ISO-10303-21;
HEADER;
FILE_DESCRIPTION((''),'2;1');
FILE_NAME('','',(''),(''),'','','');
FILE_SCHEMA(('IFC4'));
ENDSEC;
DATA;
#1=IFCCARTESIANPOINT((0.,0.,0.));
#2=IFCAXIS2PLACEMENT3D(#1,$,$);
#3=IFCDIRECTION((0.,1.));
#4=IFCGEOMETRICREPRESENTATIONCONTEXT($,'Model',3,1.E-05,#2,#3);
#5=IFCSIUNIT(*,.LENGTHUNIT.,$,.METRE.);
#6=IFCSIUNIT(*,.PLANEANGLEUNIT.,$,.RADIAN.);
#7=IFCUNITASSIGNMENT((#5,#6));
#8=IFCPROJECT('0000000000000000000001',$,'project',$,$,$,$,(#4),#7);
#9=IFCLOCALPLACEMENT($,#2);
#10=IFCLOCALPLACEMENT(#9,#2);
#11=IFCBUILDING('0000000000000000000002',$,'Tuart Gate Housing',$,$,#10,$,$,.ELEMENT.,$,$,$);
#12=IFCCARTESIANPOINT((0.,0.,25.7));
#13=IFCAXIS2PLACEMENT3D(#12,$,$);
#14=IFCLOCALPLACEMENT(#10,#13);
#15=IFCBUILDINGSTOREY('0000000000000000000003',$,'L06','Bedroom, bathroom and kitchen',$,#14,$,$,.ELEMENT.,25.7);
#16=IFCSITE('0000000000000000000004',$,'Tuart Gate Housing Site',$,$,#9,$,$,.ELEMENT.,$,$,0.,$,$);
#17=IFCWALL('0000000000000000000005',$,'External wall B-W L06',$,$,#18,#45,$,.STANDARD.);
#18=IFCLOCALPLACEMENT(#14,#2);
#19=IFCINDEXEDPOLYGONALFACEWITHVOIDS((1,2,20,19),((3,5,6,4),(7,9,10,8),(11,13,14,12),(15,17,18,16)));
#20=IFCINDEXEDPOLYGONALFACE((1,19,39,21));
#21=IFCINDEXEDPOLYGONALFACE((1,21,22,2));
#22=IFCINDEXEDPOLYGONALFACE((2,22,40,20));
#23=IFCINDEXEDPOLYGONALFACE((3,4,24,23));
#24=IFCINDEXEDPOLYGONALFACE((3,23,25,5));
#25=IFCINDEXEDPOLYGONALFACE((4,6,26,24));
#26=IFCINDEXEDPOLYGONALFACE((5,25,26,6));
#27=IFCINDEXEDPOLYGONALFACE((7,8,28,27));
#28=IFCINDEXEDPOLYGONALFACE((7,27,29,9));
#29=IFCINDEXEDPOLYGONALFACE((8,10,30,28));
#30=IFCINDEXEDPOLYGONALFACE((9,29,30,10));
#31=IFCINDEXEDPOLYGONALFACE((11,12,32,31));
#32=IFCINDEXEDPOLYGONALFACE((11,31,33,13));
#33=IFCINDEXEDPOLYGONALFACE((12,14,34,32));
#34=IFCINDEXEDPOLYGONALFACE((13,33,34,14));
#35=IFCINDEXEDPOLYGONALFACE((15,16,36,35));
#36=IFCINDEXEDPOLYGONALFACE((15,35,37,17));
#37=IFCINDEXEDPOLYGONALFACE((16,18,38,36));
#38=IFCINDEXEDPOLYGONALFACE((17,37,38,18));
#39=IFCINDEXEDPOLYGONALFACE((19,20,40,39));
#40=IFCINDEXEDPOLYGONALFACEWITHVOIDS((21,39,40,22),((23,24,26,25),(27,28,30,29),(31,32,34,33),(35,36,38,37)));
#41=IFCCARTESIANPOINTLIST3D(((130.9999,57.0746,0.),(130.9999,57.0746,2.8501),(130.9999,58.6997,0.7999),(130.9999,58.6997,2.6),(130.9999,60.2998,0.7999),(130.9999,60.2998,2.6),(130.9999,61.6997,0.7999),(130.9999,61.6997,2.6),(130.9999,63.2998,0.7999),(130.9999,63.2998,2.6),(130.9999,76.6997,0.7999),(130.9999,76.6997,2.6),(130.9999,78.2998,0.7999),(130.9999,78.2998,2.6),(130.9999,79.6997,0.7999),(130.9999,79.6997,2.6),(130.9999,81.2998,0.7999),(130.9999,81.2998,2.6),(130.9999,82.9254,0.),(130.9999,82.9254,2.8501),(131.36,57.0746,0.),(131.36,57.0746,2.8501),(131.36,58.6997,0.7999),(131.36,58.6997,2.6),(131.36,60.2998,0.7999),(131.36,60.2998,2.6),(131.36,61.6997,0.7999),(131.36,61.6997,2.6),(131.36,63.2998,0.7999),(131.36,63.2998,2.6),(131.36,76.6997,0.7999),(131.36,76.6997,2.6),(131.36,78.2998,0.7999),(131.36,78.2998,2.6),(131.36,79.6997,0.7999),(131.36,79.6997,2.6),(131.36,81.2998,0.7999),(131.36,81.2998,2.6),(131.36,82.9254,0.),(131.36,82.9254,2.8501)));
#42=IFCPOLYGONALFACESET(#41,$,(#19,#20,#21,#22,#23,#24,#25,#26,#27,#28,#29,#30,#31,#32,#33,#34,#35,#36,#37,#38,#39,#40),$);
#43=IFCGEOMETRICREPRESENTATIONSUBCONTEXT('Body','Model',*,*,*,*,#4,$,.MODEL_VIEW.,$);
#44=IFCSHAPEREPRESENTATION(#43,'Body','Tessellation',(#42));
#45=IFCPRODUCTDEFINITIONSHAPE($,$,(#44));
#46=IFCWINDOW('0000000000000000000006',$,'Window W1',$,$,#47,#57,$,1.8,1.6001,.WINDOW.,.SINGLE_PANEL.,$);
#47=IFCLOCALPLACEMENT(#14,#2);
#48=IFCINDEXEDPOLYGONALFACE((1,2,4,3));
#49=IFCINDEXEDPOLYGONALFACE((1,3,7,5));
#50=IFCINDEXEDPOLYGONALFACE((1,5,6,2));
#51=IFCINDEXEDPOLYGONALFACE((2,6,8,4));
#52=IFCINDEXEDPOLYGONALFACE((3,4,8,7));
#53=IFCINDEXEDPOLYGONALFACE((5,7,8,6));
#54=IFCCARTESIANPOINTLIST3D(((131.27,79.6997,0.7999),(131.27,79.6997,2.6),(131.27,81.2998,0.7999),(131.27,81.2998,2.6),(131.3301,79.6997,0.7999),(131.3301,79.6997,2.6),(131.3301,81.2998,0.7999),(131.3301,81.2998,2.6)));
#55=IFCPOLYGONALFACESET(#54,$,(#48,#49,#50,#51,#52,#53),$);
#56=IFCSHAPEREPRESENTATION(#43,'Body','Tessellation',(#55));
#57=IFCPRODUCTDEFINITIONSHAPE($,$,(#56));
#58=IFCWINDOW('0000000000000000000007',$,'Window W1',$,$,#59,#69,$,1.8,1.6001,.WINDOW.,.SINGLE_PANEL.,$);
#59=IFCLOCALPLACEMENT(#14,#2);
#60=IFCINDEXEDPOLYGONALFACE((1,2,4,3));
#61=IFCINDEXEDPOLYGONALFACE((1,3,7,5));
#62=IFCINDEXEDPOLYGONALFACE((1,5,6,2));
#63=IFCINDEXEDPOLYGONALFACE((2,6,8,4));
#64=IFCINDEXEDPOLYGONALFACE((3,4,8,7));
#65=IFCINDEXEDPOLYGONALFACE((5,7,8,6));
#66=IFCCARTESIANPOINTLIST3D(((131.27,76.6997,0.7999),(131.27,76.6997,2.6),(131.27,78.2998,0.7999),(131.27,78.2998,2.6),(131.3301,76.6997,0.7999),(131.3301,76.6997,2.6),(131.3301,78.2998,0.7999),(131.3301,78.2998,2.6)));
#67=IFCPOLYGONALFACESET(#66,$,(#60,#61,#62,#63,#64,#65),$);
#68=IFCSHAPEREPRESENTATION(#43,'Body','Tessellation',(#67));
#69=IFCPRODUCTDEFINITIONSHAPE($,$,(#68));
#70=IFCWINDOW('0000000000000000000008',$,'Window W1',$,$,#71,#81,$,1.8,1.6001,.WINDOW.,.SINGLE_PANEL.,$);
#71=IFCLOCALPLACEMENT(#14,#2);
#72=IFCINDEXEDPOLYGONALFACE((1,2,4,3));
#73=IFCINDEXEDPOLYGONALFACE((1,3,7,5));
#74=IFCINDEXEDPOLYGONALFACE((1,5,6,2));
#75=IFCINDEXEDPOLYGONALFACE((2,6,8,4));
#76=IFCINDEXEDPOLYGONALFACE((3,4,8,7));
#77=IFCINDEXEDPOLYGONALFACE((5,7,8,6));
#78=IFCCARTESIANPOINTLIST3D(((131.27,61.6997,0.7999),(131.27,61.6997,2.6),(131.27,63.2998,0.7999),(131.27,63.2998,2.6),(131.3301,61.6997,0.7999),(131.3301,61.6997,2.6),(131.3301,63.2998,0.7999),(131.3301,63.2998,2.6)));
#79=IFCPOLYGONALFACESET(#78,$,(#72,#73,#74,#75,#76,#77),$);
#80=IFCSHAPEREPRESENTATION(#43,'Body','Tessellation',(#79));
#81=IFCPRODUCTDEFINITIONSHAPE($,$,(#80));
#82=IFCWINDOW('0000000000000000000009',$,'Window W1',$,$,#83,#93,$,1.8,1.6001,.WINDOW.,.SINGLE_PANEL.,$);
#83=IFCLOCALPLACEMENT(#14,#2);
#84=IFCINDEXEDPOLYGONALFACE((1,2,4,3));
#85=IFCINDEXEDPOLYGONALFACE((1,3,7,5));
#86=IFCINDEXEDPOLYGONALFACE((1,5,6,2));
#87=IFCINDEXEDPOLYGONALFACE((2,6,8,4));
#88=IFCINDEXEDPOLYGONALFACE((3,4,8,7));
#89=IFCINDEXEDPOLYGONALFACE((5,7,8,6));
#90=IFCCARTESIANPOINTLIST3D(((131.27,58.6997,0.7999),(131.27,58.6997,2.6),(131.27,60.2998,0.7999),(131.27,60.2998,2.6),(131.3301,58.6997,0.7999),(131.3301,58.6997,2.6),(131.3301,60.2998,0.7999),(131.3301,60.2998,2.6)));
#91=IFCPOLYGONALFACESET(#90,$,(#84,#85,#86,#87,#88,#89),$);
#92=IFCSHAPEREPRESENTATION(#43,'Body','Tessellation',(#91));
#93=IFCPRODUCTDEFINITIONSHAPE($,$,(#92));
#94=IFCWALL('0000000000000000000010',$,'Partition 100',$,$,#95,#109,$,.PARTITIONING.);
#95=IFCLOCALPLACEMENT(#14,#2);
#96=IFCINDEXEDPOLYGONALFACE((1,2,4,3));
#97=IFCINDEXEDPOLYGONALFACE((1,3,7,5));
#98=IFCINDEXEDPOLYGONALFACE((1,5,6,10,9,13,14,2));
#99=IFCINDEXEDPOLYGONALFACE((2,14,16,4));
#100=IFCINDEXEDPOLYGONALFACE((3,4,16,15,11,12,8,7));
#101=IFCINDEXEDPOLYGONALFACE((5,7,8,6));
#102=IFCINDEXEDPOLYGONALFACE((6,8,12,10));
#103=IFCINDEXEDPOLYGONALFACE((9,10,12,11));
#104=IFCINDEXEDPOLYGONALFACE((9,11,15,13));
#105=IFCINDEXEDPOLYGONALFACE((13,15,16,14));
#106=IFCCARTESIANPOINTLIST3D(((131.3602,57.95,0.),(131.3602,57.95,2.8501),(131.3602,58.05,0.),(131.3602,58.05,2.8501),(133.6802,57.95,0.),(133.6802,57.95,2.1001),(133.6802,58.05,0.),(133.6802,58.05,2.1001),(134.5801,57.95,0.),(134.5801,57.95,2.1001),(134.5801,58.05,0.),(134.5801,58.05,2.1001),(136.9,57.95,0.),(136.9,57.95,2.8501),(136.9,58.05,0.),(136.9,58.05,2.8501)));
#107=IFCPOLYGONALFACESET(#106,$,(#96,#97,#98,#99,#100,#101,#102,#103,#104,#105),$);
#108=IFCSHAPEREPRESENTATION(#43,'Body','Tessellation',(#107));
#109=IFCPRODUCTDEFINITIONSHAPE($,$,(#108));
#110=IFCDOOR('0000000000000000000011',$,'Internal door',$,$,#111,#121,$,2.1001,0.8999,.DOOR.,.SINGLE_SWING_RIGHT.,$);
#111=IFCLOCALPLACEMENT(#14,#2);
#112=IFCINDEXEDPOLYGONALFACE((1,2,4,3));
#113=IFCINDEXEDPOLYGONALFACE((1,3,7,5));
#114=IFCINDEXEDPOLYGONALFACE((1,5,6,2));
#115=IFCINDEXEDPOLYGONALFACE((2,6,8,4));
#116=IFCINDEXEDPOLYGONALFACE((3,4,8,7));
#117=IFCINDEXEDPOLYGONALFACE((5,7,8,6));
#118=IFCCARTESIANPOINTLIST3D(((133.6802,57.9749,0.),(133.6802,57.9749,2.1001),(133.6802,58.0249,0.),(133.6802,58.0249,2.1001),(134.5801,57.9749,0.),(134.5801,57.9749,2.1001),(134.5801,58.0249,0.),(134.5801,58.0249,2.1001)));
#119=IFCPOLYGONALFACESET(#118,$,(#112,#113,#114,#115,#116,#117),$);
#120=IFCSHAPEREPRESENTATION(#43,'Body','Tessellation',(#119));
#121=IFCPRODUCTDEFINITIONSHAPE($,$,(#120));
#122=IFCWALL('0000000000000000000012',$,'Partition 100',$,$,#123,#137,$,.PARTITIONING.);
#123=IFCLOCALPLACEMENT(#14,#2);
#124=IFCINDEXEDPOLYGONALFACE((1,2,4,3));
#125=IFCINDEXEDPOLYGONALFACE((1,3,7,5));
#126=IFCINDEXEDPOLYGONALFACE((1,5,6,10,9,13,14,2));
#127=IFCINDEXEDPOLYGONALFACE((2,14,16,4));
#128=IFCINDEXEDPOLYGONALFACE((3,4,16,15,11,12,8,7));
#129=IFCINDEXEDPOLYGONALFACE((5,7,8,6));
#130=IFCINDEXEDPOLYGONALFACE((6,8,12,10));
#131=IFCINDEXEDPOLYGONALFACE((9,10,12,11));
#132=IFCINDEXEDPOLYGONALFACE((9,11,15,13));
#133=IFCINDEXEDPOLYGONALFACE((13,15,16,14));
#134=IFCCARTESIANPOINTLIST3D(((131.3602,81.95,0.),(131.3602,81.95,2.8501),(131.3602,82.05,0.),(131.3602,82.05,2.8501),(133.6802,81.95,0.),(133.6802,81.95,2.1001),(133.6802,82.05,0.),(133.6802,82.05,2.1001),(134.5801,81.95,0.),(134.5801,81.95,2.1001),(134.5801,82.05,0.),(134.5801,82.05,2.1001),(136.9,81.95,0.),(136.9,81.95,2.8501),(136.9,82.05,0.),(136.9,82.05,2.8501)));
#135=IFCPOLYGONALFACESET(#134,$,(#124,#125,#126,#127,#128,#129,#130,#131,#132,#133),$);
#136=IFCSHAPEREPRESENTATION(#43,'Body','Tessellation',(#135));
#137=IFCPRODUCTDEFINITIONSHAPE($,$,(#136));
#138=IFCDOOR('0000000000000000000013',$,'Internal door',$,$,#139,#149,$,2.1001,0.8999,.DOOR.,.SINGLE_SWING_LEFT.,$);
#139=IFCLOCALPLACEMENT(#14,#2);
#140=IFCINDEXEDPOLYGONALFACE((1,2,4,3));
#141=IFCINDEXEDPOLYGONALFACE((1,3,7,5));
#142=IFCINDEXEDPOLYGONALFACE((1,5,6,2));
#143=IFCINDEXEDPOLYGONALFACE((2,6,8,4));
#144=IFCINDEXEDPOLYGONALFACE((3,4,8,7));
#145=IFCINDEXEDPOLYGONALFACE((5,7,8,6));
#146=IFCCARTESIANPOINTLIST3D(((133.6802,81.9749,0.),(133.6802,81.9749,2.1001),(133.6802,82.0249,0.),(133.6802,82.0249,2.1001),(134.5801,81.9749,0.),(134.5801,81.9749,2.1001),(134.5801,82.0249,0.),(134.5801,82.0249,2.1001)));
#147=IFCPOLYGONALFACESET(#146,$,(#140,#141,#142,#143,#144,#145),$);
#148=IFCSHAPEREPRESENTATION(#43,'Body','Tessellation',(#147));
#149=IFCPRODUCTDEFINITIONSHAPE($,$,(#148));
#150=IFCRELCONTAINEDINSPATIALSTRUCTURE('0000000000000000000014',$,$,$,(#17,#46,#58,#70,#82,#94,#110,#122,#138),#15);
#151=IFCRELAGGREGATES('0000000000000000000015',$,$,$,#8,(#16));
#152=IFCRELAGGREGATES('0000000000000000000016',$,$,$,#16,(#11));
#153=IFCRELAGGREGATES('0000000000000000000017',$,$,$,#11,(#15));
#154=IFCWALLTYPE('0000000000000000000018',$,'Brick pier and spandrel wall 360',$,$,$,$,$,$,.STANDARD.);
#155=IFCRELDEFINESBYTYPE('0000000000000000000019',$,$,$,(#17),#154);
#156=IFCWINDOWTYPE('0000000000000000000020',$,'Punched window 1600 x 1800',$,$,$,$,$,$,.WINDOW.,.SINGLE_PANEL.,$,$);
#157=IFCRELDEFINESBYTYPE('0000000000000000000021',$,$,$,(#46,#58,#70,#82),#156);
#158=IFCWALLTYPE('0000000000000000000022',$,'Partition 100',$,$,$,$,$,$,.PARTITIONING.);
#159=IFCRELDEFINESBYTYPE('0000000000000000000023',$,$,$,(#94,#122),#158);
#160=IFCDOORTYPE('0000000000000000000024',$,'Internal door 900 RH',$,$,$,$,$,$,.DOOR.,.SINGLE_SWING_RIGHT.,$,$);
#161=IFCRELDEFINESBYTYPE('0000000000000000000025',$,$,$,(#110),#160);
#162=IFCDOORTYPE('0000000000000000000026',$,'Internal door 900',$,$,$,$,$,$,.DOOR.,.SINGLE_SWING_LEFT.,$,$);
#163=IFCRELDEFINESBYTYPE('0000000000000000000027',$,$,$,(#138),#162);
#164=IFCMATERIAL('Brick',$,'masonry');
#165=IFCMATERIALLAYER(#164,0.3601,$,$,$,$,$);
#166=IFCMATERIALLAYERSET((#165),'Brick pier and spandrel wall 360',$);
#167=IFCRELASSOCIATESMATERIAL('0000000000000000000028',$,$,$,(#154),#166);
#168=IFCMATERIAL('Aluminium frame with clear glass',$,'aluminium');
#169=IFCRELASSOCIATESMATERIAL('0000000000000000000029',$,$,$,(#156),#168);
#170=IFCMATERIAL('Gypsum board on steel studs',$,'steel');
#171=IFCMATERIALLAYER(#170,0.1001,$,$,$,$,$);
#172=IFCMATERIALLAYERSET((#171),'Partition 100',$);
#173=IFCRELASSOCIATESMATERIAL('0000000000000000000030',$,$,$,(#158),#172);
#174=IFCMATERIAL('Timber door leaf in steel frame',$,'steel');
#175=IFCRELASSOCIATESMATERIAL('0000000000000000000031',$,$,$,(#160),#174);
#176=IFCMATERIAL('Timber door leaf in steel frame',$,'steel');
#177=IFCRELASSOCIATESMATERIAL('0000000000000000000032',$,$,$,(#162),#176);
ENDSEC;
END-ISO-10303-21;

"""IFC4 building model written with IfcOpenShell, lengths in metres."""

from ifc_helpers import new_model, si_unit, direction, frame, frame_2d, origin, place, context, subcontext, project, spatial, rectangle, extrude, material, layer, layer_set, type_object, element, fill, save


model = new_model("IFC4")

# Units and contexts
model_context = context("Model", 3, precision=1e-05, world=origin(), true_north=direction((0.0, 1.0)))
body_context = subcontext(model_context, "Body", "Model", "MODEL_VIEW")
ifc_project = project(units=[si_unit("LENGTHUNIT", "METRE"), si_unit("PLANEANGLEUNIT", "RADIAN")], contexts=[model_context])

# Site, building, storey
site_placement = place(None, origin())
site = spatial("IfcSite", under=ifc_project, at=site_placement, Name="Tuart Gate Housing Site", CompositionType="ELEMENT", RefElevation=0.0)
building_placement = place(site_placement, origin())
building = spatial("IfcBuilding", under=site, at=building_placement, Name="Tuart Gate Housing", CompositionType="ELEMENT")
storey_placement = place(building_placement, frame((0.0, 0.0, 25.7)))
storey = spatial("IfcBuildingStorey", under=building, at=storey_placement, Name="L06", Description="Bedroom, bathroom and kitchen", CompositionType="ELEMENT", Elevation=25.7)

# Shared definitions
ifc_material_1 = material(Name="Brick", Category="masonry")
ifc_layer_1 = layer(ifc_material_1, 0.3601)
ifc_layer_set_1 = layer_set([ifc_layer_1], Name="Brick pier and spandrel wall 360")
wall_type_1 = type_object("IfcWallType", Name="Brick pier and spandrel wall 360", PredefinedType="STANDARD", material=ifc_layer_set_1)
ifc_material_2 = material(Name="Aluminium frame with clear glass", Category="aluminium")
window_type = type_object("IfcWindowType", Name="Punched window 1600 x 1800", PartitioningType="SINGLE_PANEL", PredefinedType="WINDOW", material=ifc_material_2)

# Wall, openings, windows
wall_1_placement = place(storey_placement, frame((131.1799, 82.9253, 0.0), z_axis=(0.0, 0.0, 1.0), x_axis=(0.0, -1.0, 0.0)))
wall_1 = element("IfcWall", 1, at=wall_1_placement, inside=storey, type_object=wall_type_1, Name="External wall B-W L06", PredefinedType="STANDARD", context=body_context, shape_type="SweptSolid", body=[
    extrude(rectangle(XDim=25.8508, YDim=0.3601, at=frame_2d((12.9253, 0.0))), origin(), (0.0, 0.0, 1.0), 2.8501),
])
opening_1_placement = place(wall_1_placement, frame((1.6255, 0.0, 0.8)))
opening_1 = element("IfcOpeningElement", 2, at=opening_1_placement, cuts=wall_1, PredefinedType="OPENING", context=body_context, shape_type="SweptSolid", body=[
    extrude(rectangle(XDim=1.6001, YDim=1.8, at=frame_2d((0.8, 0.8999))), frame((0.0, 0.1899, 0.0), z_axis=(0.0, -1.0, 0.0), x_axis=(1.0, 0.0, 0.0)), (0.0, 0.0, 1.0), 0.3801),
])
opening_2_placement = place(wall_1_placement, frame((4.6255, 0.0, 0.8)))
opening_2 = element("IfcOpeningElement", 3, at=opening_2_placement, cuts=wall_1, PredefinedType="OPENING", context=body_context, shape_type="SweptSolid", body=[
    extrude(rectangle(XDim=1.6001, YDim=1.8, at=frame_2d((0.8, 0.8999))), frame((0.0, 0.1899, 0.0), z_axis=(0.0, -1.0, 0.0), x_axis=(1.0, 0.0, 0.0)), (0.0, 0.0, 1.0), 0.3801),
])
opening_3_placement = place(wall_1_placement, frame((19.6255, 0.0, 0.8)))
opening_3 = element("IfcOpeningElement", 4, at=opening_3_placement, cuts=wall_1, PredefinedType="OPENING", context=body_context, shape_type="SweptSolid", body=[
    extrude(rectangle(XDim=1.6001, YDim=1.8, at=frame_2d((0.8, 0.8999))), frame((0.0, 0.1899, 0.0), z_axis=(0.0, -1.0, 0.0), x_axis=(1.0, 0.0, 0.0)), (0.0, 0.0, 1.0), 0.3801),
])
opening_4_placement = place(wall_1_placement, frame((22.6255, 0.0, 0.8)))
opening_4 = element("IfcOpeningElement", 5, at=opening_4_placement, cuts=wall_1, PredefinedType="OPENING", context=body_context, shape_type="SweptSolid", body=[
    extrude(rectangle(XDim=1.6001, YDim=1.8, at=frame_2d((0.8, 0.8999))), frame((0.0, 0.1899, 0.0), z_axis=(0.0, -1.0, 0.0), x_axis=(1.0, 0.0, 0.0)), (0.0, 0.0, 1.0), 0.3801),
])
window_1_placement = place(opening_1_placement, origin())
window_1 = element("IfcWindow", 6, at=window_1_placement, inside=storey, type_object=window_type, Name="Window W1", OverallHeight=1.8, OverallWidth=1.6001, PartitioningType="SINGLE_PANEL", PredefinedType="WINDOW", context=body_context, shape_type="SweptSolid", body=[
    extrude(rectangle(XDim=1.6001, YDim=1.8, at=frame_2d((0.8, 0.8999))), frame((0.0, 0.1501, 0.0), z_axis=(0.0, -1.0, 0.0), x_axis=(1.0, 0.0, 0.0)), (0.0, 0.0, 1.0), 0.0601),
])
fill(opening_1, window_1)
window_2_placement = place(opening_2_placement, origin())
window_2 = element("IfcWindow", 7, at=window_2_placement, inside=storey, type_object=window_type, Name="Window W1", OverallHeight=1.8, OverallWidth=1.6001, PartitioningType="SINGLE_PANEL", PredefinedType="WINDOW", context=body_context, shape_type="SweptSolid", body=[
    extrude(rectangle(XDim=1.6001, YDim=1.8, at=frame_2d((0.8, 0.8999))), frame((0.0, 0.1501, 0.0), z_axis=(0.0, -1.0, 0.0), x_axis=(1.0, 0.0, 0.0)), (0.0, 0.0, 1.0), 0.0601),
])
fill(opening_2, window_2)
window_3_placement = place(opening_3_placement, origin())
window_3 = element("IfcWindow", 8, at=window_3_placement, inside=storey, type_object=window_type, Name="Window W1", OverallHeight=1.8, OverallWidth=1.6001, PartitioningType="SINGLE_PANEL", PredefinedType="WINDOW", context=body_context, shape_type="SweptSolid", body=[
    extrude(rectangle(XDim=1.6001, YDim=1.8, at=frame_2d((0.8, 0.8999))), frame((0.0, 0.1501, 0.0), z_axis=(0.0, -1.0, 0.0), x_axis=(1.0, 0.0, 0.0)), (0.0, 0.0, 1.0), 0.0601),
])
fill(opening_3, window_3)
window_4_placement = place(opening_4_placement, origin())
window_4 = element("IfcWindow", 9, at=window_4_placement, inside=storey, type_object=window_type, Name="Window W1", OverallHeight=1.8, OverallWidth=1.6001, PartitioningType="SINGLE_PANEL", PredefinedType="WINDOW", context=body_context, shape_type="SweptSolid", body=[
    extrude(rectangle(XDim=1.6001, YDim=1.8, at=frame_2d((0.8, 0.8999))), frame((0.0, 0.1501, 0.0), z_axis=(0.0, -1.0, 0.0), x_axis=(1.0, 0.0, 0.0)), (0.0, 0.0, 1.0), 0.0601),
])
fill(opening_4, window_4)

# Walls, openings, doors
ifc_material_3 = material(Name="Gypsum board on steel studs", Category="steel")
ifc_layer_2 = layer(ifc_material_3, 0.1001)
ifc_layer_set_2 = layer_set([ifc_layer_2], Name="Partition 100")
wall_type_2 = type_object("IfcWallType", Name="Partition 100", PredefinedType="PARTITIONING", material=ifc_layer_set_2)
wall_2_placement = place(storey_placement, frame((131.3601, 58.0, 0.0), z_axis=(0.0, 0.0, 1.0), x_axis=(1.0, 0.0, 0.0)))
wall_2 = element("IfcWall", 10, at=wall_2_placement, inside=storey, type_object=wall_type_2, Name="Partition 100", PredefinedType="PARTITIONING", context=body_context, shape_type="SweptSolid", body=[
    extrude(rectangle(XDim=5.5398, YDim=0.1001, at=frame_2d((2.77, 0.0))), origin(), (0.0, 0.0, 1.0), 2.8501),
])
opening_5_placement = place(wall_2_placement, frame((2.3201, 0.0, 0.0)))
opening_5 = element("IfcOpeningElement", 11, at=opening_5_placement, cuts=wall_2, PredefinedType="OPENING", context=body_context, shape_type="SweptSolid", body=[
    extrude(rectangle(XDim=0.8999, YDim=2.1001, at=frame_2d((0.45, 1.05))), frame((0.0, 0.0601, 0.0), z_axis=(0.0, -1.0, 0.0), x_axis=(1.0, 0.0, 0.0)), (0.0, 0.0, 1.0), 0.1201),
])
ifc_material_4 = material(Name="Timber door leaf in steel frame", Category="steel")
door_type_1 = type_object("IfcDoorType", Name="Internal door 900 RH", OperationType="SINGLE_SWING_RIGHT", PredefinedType="DOOR", material=ifc_material_4)
door_1_placement = place(opening_5_placement, frame((0.8999, 0.0, 0.0), z_axis=(0.0, 0.0, 1.0), x_axis=(-1.0, 0.0, 0.0)))
door_1 = element("IfcDoor", 12, at=door_1_placement, inside=storey, type_object=door_type_1, Name="Internal door", OperationType="SINGLE_SWING_RIGHT", OverallHeight=2.1001, OverallWidth=0.8999, PredefinedType="DOOR", context=body_context, shape_type="SweptSolid", body=[
    extrude(rectangle(XDim=0.8999, YDim=2.1001, at=frame_2d((0.45, 1.05))), frame((0.0, 0.0251, 0.0), z_axis=(0.0, -1.0, 0.0), x_axis=(1.0, 0.0, 0.0)), (0.0, 0.0, 1.0), 0.05),
])
fill(opening_5, door_1)
wall_3_placement = place(storey_placement, frame((131.3601, 82.0, 0.0), z_axis=(0.0, 0.0, 1.0), x_axis=(1.0, 0.0, 0.0)))
wall_3 = element("IfcWall", 13, at=wall_3_placement, inside=storey, type_object=wall_type_2, Name="Partition 100", PredefinedType="PARTITIONING", context=body_context, shape_type="SweptSolid", body=[
    extrude(rectangle(XDim=5.5398, YDim=0.1001, at=frame_2d((2.77, 0.0))), origin(), (0.0, 0.0, 1.0), 2.8501),
])
opening_6_placement = place(wall_3_placement, frame((2.3201, 0.0, 0.0)))
opening_6 = element("IfcOpeningElement", 14, at=opening_6_placement, cuts=wall_3, PredefinedType="OPENING", context=body_context, shape_type="SweptSolid", body=[
    extrude(rectangle(XDim=0.8999, YDim=2.1001, at=frame_2d((0.45, 1.05))), frame((0.0, 0.0601, 0.0), z_axis=(0.0, -1.0, 0.0), x_axis=(1.0, 0.0, 0.0)), (0.0, 0.0, 1.0), 0.1201),
])
ifc_material_5 = material(Name="Timber door leaf in steel frame", Category="steel")
door_type_2 = type_object("IfcDoorType", Name="Internal door 900", OperationType="SINGLE_SWING_LEFT", PredefinedType="DOOR", material=ifc_material_5)
door_2_placement = place(opening_6_placement, origin())
door_2 = element("IfcDoor", 15, at=door_2_placement, inside=storey, type_object=door_type_2, Name="Internal door", OperationType="SINGLE_SWING_LEFT", OverallHeight=2.1001, OverallWidth=0.8999, PredefinedType="DOOR", context=body_context, shape_type="SweptSolid", body=[
    extrude(rectangle(XDim=0.8999, YDim=2.1001, at=frame_2d((0.45, 1.05))), frame((0.0, 0.0249, 0.0), z_axis=(0.0, -1.0, 0.0), x_axis=(1.0, 0.0, 0.0)), (0.0, 0.0, 1.0), 0.05),
])
fill(opening_6, door_2)

save(model, "model.ifc")
